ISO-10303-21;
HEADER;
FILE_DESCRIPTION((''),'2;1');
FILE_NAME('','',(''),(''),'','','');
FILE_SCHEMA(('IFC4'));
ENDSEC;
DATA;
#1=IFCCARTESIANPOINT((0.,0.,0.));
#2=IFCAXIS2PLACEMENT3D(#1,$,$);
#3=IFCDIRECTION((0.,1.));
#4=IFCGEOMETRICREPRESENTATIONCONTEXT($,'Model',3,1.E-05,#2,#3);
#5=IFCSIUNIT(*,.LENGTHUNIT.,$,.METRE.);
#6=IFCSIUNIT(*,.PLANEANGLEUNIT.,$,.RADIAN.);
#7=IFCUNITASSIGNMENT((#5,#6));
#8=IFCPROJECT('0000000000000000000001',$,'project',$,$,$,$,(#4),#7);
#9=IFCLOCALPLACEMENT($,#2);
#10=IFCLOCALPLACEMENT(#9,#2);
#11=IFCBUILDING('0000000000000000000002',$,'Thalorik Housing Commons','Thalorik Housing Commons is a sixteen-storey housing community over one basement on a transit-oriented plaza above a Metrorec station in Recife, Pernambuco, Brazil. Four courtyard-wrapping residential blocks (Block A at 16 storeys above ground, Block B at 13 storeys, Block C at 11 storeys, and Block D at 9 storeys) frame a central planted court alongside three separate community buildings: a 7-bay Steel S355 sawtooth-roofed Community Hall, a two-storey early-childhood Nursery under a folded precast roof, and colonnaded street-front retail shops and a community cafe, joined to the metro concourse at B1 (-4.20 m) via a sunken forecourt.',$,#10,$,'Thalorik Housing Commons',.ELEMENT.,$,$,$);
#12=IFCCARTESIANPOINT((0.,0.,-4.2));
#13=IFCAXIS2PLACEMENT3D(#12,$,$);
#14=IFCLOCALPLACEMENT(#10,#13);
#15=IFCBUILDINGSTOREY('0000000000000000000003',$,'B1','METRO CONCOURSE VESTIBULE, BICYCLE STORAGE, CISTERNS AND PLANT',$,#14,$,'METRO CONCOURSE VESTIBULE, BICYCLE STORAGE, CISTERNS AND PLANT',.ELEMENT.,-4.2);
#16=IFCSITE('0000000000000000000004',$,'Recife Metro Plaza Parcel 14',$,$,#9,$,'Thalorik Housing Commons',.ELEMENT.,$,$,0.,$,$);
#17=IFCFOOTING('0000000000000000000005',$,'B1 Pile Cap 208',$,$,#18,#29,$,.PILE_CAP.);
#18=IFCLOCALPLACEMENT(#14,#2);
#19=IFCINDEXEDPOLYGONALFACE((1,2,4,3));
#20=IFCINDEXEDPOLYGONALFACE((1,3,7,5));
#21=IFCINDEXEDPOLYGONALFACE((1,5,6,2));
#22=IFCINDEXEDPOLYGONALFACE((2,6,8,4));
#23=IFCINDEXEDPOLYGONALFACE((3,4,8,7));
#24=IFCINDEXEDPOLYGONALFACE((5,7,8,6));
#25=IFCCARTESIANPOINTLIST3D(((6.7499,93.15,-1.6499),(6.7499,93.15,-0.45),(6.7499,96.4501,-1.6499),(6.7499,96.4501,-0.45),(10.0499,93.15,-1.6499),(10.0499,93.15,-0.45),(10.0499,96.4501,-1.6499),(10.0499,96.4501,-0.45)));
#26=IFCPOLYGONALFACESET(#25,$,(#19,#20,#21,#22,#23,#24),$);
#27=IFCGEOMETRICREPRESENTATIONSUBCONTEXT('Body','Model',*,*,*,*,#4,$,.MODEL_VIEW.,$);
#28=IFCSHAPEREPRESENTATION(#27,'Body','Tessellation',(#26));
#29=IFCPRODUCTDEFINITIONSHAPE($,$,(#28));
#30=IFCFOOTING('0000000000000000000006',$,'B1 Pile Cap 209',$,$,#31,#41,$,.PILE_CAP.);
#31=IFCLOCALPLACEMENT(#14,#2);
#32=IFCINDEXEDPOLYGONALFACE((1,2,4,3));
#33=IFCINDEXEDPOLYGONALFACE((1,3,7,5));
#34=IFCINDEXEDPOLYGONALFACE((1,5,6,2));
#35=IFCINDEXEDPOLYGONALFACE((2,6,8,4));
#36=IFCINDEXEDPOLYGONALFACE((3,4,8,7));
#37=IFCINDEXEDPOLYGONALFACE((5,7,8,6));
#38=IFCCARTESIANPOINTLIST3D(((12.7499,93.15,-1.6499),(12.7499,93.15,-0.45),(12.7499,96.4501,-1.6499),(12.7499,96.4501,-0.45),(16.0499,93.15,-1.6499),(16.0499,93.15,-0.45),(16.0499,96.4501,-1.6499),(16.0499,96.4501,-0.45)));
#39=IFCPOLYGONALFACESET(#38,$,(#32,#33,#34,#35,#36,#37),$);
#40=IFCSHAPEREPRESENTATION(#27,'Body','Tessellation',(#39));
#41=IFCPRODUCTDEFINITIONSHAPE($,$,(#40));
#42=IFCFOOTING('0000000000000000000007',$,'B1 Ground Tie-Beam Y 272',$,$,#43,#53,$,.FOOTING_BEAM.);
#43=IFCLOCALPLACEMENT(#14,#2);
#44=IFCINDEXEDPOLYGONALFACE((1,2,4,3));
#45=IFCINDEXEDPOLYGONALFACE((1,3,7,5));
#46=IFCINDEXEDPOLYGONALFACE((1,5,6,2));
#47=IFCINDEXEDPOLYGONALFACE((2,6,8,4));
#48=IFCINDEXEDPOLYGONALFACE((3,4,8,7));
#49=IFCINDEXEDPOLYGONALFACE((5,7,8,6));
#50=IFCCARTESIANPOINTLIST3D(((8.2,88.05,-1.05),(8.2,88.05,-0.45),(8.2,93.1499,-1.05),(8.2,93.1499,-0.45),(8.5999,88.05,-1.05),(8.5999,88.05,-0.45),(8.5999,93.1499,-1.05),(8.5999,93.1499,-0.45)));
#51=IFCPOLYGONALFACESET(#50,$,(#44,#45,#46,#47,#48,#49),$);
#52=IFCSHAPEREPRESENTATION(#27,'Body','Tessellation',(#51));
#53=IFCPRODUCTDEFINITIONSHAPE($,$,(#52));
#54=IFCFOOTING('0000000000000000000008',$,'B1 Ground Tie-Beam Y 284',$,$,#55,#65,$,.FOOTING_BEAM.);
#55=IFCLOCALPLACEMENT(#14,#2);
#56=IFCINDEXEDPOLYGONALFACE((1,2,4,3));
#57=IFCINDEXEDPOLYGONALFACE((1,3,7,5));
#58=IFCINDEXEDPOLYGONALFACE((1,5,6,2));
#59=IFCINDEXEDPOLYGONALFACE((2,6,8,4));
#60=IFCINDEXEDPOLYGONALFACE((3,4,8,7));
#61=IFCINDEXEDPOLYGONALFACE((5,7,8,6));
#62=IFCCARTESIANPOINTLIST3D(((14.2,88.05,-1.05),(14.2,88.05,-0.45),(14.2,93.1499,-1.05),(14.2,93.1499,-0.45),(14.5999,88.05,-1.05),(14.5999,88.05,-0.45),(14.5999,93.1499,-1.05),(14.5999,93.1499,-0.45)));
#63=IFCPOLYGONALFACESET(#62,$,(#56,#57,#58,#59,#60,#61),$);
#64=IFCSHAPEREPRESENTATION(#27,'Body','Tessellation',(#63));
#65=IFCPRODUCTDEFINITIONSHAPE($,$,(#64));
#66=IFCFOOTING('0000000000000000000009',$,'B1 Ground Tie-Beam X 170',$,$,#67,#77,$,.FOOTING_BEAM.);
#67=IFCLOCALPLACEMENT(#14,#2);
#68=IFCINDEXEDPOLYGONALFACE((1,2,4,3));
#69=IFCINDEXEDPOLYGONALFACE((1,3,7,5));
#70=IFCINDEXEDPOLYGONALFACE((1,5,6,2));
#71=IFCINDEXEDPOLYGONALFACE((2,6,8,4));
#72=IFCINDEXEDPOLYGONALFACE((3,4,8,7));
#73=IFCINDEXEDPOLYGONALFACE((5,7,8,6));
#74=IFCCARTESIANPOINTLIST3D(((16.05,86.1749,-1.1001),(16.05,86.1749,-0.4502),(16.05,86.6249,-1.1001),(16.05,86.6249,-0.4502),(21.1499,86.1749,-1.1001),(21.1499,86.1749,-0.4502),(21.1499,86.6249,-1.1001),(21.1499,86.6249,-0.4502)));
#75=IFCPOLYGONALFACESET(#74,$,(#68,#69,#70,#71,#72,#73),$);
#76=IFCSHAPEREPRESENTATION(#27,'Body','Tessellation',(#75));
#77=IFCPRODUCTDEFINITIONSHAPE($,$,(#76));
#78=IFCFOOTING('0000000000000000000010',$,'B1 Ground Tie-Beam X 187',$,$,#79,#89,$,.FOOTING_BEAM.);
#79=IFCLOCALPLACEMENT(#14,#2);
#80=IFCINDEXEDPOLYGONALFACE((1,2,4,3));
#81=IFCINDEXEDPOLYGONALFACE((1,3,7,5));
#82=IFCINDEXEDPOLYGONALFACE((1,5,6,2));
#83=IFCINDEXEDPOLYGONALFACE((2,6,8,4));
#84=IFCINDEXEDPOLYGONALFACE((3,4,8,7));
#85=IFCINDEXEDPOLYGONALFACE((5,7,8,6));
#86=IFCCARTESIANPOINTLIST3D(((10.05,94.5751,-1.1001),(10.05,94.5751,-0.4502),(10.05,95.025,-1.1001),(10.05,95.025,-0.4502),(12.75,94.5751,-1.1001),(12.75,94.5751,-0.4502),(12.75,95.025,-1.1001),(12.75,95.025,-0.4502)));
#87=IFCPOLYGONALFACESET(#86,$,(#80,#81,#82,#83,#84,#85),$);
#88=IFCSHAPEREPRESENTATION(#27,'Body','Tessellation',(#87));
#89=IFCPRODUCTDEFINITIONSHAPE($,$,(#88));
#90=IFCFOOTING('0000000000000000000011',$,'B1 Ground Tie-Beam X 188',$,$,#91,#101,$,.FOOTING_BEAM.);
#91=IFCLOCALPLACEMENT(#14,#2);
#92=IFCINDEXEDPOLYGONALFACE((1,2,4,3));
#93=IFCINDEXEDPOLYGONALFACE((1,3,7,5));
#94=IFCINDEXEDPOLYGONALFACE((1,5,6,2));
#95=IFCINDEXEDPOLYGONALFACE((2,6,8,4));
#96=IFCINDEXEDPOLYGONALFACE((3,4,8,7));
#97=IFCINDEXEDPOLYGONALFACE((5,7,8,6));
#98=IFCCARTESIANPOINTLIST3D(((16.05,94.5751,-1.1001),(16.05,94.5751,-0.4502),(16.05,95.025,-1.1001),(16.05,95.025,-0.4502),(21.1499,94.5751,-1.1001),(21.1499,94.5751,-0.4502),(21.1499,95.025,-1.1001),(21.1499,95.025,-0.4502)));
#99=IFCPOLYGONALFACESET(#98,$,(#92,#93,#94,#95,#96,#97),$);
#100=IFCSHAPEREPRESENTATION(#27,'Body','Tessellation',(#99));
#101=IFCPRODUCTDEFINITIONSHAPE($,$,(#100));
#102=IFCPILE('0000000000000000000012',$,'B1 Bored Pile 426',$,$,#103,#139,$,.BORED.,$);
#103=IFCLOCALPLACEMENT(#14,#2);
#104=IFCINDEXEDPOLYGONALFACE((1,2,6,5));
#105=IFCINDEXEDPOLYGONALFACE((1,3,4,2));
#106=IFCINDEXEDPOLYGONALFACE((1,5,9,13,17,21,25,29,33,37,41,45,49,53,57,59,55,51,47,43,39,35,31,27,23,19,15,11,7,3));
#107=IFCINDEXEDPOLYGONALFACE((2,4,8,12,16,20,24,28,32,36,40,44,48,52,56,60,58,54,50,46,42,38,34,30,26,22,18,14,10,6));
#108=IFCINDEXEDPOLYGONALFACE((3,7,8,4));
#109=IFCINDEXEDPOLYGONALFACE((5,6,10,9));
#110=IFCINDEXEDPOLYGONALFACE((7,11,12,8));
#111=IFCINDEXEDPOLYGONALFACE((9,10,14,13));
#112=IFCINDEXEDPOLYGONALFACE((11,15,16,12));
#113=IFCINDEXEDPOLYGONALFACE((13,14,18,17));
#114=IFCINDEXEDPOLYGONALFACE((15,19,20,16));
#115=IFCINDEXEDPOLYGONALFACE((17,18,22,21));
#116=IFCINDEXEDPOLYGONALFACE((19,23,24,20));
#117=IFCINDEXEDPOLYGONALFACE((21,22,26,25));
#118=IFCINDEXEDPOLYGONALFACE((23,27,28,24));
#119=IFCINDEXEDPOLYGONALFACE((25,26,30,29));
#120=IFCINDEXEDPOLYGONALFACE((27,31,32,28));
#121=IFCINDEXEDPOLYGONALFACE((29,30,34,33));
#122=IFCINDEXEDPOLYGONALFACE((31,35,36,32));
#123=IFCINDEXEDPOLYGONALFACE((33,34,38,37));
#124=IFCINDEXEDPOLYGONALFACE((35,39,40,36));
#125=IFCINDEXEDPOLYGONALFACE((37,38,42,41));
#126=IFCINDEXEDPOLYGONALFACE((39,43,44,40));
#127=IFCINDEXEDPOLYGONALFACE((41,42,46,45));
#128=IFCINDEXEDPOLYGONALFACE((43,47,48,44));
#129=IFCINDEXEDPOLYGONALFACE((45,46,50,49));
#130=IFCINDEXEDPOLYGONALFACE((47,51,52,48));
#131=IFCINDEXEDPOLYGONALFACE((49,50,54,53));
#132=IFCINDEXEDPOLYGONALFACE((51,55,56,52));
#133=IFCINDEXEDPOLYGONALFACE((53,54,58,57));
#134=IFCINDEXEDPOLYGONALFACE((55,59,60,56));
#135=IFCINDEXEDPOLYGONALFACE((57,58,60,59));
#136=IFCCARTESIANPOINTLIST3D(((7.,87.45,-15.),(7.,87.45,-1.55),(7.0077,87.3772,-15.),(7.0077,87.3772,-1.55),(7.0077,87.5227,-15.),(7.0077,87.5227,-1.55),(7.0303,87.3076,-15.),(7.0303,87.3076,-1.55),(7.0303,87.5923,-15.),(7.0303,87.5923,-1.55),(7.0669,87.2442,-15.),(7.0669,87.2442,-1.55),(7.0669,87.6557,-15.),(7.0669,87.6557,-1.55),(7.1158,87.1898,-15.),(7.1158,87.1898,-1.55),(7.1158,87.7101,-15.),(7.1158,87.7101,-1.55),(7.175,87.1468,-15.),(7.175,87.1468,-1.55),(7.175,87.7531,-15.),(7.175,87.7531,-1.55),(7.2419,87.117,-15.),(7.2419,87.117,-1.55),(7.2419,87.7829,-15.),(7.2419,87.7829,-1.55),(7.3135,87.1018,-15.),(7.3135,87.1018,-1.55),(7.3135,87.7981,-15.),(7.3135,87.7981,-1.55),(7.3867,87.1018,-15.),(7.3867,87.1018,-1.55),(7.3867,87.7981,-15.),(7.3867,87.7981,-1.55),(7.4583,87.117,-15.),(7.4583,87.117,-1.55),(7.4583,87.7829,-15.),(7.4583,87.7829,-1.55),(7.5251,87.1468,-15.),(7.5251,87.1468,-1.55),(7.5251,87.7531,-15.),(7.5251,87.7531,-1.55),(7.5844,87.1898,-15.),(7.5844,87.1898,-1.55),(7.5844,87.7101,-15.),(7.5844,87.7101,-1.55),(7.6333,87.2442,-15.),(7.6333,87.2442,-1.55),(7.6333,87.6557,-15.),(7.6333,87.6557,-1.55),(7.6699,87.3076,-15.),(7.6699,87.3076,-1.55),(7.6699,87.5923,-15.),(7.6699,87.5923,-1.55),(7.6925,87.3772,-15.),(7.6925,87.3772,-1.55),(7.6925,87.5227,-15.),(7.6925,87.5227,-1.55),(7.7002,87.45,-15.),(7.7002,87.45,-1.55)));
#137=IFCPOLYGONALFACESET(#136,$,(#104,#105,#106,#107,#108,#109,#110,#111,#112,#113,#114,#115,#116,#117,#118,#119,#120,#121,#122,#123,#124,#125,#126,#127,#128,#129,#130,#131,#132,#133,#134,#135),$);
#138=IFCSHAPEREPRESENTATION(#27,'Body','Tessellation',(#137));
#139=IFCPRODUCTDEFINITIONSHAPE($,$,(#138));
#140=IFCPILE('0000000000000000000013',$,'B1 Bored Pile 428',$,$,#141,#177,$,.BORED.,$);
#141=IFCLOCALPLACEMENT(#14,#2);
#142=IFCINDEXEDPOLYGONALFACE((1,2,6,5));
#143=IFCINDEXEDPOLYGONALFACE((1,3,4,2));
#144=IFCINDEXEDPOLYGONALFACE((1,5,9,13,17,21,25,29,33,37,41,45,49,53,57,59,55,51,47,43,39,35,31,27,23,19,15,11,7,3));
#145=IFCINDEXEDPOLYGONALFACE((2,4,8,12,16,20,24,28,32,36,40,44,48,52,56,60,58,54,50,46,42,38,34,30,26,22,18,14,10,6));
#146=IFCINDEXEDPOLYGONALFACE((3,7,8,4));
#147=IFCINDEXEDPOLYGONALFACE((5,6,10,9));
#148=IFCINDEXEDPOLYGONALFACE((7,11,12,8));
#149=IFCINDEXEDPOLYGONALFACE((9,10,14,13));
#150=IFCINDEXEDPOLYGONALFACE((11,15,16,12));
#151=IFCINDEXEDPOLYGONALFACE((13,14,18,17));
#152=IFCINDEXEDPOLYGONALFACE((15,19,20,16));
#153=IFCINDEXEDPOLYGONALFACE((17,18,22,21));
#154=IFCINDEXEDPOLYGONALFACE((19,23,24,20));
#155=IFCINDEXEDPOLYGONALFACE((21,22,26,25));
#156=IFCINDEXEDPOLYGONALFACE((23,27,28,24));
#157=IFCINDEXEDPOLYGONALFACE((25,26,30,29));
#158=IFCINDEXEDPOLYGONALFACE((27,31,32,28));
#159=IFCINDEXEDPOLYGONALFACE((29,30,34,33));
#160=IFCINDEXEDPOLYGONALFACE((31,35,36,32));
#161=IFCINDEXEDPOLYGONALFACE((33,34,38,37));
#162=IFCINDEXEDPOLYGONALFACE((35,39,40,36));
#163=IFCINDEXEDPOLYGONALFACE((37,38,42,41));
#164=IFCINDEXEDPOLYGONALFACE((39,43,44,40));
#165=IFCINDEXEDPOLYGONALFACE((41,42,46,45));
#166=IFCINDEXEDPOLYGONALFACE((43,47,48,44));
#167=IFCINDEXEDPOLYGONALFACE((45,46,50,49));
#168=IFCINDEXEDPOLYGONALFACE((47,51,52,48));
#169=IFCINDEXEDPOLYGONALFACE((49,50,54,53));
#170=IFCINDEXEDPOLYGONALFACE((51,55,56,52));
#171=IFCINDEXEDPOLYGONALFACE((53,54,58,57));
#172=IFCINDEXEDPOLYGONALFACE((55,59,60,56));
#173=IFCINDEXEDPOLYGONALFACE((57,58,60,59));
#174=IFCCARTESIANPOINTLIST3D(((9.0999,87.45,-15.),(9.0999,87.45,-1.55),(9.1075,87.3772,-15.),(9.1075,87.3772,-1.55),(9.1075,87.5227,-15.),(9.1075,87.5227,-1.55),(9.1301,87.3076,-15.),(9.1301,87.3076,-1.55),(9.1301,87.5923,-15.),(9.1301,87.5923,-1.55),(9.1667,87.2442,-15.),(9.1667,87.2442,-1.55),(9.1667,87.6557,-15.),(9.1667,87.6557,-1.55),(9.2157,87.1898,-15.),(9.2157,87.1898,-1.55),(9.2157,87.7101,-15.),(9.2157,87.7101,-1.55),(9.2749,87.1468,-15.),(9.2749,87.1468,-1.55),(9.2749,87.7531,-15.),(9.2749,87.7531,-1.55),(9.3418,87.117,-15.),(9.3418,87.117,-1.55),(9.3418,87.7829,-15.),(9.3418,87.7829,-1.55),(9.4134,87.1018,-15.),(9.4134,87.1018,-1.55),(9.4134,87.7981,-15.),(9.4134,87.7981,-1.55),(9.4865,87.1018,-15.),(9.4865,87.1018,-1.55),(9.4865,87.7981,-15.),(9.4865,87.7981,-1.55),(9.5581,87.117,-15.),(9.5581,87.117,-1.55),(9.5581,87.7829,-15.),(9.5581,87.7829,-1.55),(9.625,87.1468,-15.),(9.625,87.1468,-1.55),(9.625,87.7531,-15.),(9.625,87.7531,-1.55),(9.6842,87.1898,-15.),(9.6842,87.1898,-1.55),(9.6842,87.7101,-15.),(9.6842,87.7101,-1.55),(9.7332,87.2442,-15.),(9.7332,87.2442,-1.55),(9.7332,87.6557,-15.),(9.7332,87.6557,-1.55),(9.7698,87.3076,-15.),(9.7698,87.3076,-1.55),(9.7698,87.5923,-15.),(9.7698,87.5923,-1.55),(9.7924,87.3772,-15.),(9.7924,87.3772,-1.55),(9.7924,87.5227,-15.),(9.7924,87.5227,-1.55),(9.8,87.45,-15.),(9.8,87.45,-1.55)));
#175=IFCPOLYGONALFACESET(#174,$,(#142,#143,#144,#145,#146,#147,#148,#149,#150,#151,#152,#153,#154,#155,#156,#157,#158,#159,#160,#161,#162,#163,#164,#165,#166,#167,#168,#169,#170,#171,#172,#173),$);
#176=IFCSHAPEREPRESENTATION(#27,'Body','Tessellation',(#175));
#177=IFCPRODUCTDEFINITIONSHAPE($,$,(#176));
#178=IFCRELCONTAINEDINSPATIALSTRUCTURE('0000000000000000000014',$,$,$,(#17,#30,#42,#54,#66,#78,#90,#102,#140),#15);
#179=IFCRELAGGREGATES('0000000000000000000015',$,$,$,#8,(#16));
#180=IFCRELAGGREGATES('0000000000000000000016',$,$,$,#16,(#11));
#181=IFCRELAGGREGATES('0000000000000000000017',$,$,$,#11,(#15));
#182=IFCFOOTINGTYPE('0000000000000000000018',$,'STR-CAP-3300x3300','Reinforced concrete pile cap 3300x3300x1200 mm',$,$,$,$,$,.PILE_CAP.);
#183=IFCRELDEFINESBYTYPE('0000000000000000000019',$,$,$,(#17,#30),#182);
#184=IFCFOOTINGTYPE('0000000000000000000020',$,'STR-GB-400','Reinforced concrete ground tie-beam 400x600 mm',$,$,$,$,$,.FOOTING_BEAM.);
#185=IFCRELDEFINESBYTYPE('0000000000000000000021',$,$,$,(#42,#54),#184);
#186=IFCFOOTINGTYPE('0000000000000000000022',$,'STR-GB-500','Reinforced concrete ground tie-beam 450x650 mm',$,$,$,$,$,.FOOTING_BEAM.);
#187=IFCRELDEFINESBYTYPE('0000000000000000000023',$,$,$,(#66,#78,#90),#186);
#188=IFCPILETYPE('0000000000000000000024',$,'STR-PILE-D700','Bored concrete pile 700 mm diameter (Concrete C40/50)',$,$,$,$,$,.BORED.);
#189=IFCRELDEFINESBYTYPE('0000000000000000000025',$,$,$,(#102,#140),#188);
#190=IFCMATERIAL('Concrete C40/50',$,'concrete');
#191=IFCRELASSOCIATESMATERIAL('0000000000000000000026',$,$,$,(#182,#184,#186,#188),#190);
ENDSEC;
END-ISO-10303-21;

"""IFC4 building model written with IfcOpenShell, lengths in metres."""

from ifc_helpers import new_model, si_unit, direction, frame, origin, origin_2d, place, context, subcontext, project, spatial, rectangle, circle, extrude, material, material_profile, profile_set, type_object, element, save


model = new_model("IFC4")

# Units and contexts
model_context = context("Model", 3, precision=1e-05, world=origin(), true_north=direction((0.0, 1.0)))
body_context = subcontext(model_context, "Body", "Model", "MODEL_VIEW")
ifc_project = project(units=[si_unit("LENGTHUNIT", "METRE"), si_unit("PLANEANGLEUNIT", "RADIAN")], contexts=[model_context])

# Site, building, storey
site_placement = place(None, origin())
site = spatial("IfcSite", under=ifc_project, at=site_placement, Name="Recife Metro Plaza Parcel 14", LongName="Thalorik Housing Commons", CompositionType="ELEMENT", RefElevation=0.0)
building_placement = place(site_placement, origin())
building = spatial("IfcBuilding", under=site, at=building_placement, Name="Thalorik Housing Commons", Description="Thalorik Housing Commons is a sixteen-storey housing community over one basement on a transit-oriented plaza above a Metrorec station in Recife, Pernambuco, Brazil. Four courtyard-wrapping residential blocks (Block A at 16 storeys above ground, Block B at 13 storeys, Block C at 11 storeys, and Block D at 9 storeys) frame a central planted court alongside three separate community buildings: a 7-bay Steel S355 sawtooth-roofed Community Hall, a two-storey early-childhood Nursery under a folded precast roof, and colonnaded street-front retail shops and a community cafe, joined to the metro concourse at B1 (-4.20 m) via a sunken forecourt.", LongName="Thalorik Housing Commons", CompositionType="ELEMENT")
storey_placement = place(building_placement, frame((0.0, 0.0, -4.2)))
storey = spatial("IfcBuildingStorey", under=building, at=storey_placement, Name="B1", Description="METRO CONCOURSE VESTIBULE, BICYCLE STORAGE, CISTERNS AND PLANT", LongName="METRO CONCOURSE VESTIBULE, BICYCLE STORAGE, CISTERNS AND PLANT", CompositionType="ELEMENT", Elevation=-4.2)

# Footings
ifc_material_1 = material(Name="Concrete C40/50", Category="concrete")
footing_type_1 = type_object("IfcFootingType", Name="STR-CAP-3300x3300", Description="Reinforced concrete pile cap 3300x3300x1200 mm", PredefinedType="PILE_CAP", material=ifc_material_1)
for number, where, z_axis, x_axis, name in (
    (1, (8.3999, 94.8, -1.6499), (0.0, 0.0, 1.0), (1.0, 0.0, 0.0), "B1 Pile Cap 208"),
    (2, (14.3999, 94.8, -1.6499), (0.0, 0.0, 1.0), (1.0, 0.0, 0.0), "B1 Pile Cap 209"),
):
    element("IfcFooting", number, at=place(storey_placement, frame(where, z_axis=z_axis, x_axis=x_axis)), inside=storey, type_object=footing_type_1, Name=name, PredefinedType="PILE_CAP", context=body_context, shape_type="SweptSolid", body=[
        extrude(rectangle(XDim=3.3, YDim=3.3, at=origin_2d()), origin(), (0.0, 0.0, 1.0), 1.2),
    ])
ifc_material_profile_1 = material_profile(ifc_material_1, rectangle(XDim=0.3999, YDim=0.6001, at=origin_2d()), Name="RC 400x600", Category="concrete")
ifc_profile_set_1 = profile_set([ifc_material_profile_1], Name="Concrete C40/50")
footing_type_2 = type_object("IfcFootingType", Name="STR-GB-400", Description="Reinforced concrete ground tie-beam 400x600 mm", PredefinedType="FOOTING_BEAM", material=ifc_profile_set_1)
for number, where, z_axis, x_axis, name in (
    (3, (8.3999, 88.05, -0.75), (0.0, 1.0, 0.0), (-1.0, 0.0, 0.0), "B1 Ground Tie-Beam Y 272"),
    (4, (14.3999, 88.05, -0.75), (0.0, 1.0, 0.0), (-1.0, 0.0, 0.0), "B1 Ground Tie-Beam Y 284"),
):
    element("IfcFooting", number, at=place(storey_placement, frame(where, z_axis=z_axis, x_axis=x_axis)), inside=storey, type_object=footing_type_2, Name=name, PredefinedType="FOOTING_BEAM", context=body_context, shape_type="SweptSolid", body=[
        extrude(rectangle(XDim=0.3999, YDim=0.6001, at=origin_2d()), origin(), (0.0, 0.0, 1.0), 5.0999),
    ])
ifc_material_profile_2 = material_profile(ifc_material_1, rectangle(XDim=0.45, YDim=0.6499, at=origin_2d()), Name="RC 450x650", Category="concrete")
ifc_profile_set_2 = profile_set([ifc_material_profile_2], Name="Concrete C40/50")
footing_type_3 = type_object("IfcFootingType", Name="STR-GB-500", Description="Reinforced concrete ground tie-beam 450x650 mm", PredefinedType="FOOTING_BEAM", material=ifc_profile_set_2)
footing_1_placement = place(storey_placement, frame((16.05, 86.3999, -0.7751), z_axis=(1.0, 0.0, 0.0), x_axis=(0.0, 1.0, 0.0)))
element("IfcFooting", 5, at=footing_1_placement, inside=storey, type_object=footing_type_3, Name="B1 Ground Tie-Beam X 170", PredefinedType="FOOTING_BEAM", context=body_context, shape_type="SweptSolid", body=[
    extrude(rectangle(XDim=0.45, YDim=0.6499, at=origin_2d()), origin(), (0.0, 0.0, 1.0), 5.0999),
])
footing_2_placement = place(storey_placement, frame((10.05, 94.8, -0.7751), z_axis=(1.0, 0.0, 0.0), x_axis=(0.0, 1.0, 0.0)))
element("IfcFooting", 6, at=footing_2_placement, inside=storey, type_object=footing_type_3, Name="B1 Ground Tie-Beam X 187", PredefinedType="FOOTING_BEAM", context=body_context, shape_type="SweptSolid", body=[
    extrude(rectangle(XDim=0.45, YDim=0.6499, at=origin_2d()), origin(), (0.0, 0.0, 1.0), 2.7),
])
footing_3_placement = place(storey_placement, frame((16.05, 94.8, -0.7751), z_axis=(1.0, 0.0, 0.0), x_axis=(0.0, 1.0, 0.0)))
element("IfcFooting", 7, at=footing_3_placement, inside=storey, type_object=footing_type_3, Name="B1 Ground Tie-Beam X 188", PredefinedType="FOOTING_BEAM", context=body_context, shape_type="SweptSolid", body=[
    extrude(rectangle(XDim=0.45, YDim=0.6499, at=origin_2d()), origin(), (0.0, 0.0, 1.0), 5.0999),
])

# Piles
ifc_material_profile_3 = material_profile(ifc_material_1, circle(Radius=0.3501, at=origin_2d()), Name="BORED PILE D700", Category="concrete")
ifc_profile_set_3 = profile_set([ifc_material_profile_3], Name="Concrete C40/50")
pile_type = type_object("IfcPileType", Name="STR-PILE-D700", Description="Bored concrete pile 700 mm diameter (Concrete C40/50)", PredefinedType="BORED", material=ifc_profile_set_3)
for number, where, z_axis, x_axis, name in (
    (8, (7.3501, 87.45, -1.55), (0.0, 0.0, -1.0), (1.0, 0.0, 0.0), "B1 Bored Pile 426"),
    (9, (9.45, 87.45, -1.55), (0.0, 0.0, -1.0), (1.0, 0.0, 0.0), "B1 Bored Pile 428"),
):
    element("IfcPile", number, at=place(storey_placement, frame(where, z_axis=z_axis, x_axis=x_axis)), inside=storey, type_object=pile_type, Name=name, PredefinedType="BORED", context=body_context, shape_type="SweptSolid", body=[
        extrude(circle(Radius=0.3501, at=origin_2d()), origin(), (0.0, 0.0, 1.0), 13.45),
    ])

save(model, "model.ifc")
